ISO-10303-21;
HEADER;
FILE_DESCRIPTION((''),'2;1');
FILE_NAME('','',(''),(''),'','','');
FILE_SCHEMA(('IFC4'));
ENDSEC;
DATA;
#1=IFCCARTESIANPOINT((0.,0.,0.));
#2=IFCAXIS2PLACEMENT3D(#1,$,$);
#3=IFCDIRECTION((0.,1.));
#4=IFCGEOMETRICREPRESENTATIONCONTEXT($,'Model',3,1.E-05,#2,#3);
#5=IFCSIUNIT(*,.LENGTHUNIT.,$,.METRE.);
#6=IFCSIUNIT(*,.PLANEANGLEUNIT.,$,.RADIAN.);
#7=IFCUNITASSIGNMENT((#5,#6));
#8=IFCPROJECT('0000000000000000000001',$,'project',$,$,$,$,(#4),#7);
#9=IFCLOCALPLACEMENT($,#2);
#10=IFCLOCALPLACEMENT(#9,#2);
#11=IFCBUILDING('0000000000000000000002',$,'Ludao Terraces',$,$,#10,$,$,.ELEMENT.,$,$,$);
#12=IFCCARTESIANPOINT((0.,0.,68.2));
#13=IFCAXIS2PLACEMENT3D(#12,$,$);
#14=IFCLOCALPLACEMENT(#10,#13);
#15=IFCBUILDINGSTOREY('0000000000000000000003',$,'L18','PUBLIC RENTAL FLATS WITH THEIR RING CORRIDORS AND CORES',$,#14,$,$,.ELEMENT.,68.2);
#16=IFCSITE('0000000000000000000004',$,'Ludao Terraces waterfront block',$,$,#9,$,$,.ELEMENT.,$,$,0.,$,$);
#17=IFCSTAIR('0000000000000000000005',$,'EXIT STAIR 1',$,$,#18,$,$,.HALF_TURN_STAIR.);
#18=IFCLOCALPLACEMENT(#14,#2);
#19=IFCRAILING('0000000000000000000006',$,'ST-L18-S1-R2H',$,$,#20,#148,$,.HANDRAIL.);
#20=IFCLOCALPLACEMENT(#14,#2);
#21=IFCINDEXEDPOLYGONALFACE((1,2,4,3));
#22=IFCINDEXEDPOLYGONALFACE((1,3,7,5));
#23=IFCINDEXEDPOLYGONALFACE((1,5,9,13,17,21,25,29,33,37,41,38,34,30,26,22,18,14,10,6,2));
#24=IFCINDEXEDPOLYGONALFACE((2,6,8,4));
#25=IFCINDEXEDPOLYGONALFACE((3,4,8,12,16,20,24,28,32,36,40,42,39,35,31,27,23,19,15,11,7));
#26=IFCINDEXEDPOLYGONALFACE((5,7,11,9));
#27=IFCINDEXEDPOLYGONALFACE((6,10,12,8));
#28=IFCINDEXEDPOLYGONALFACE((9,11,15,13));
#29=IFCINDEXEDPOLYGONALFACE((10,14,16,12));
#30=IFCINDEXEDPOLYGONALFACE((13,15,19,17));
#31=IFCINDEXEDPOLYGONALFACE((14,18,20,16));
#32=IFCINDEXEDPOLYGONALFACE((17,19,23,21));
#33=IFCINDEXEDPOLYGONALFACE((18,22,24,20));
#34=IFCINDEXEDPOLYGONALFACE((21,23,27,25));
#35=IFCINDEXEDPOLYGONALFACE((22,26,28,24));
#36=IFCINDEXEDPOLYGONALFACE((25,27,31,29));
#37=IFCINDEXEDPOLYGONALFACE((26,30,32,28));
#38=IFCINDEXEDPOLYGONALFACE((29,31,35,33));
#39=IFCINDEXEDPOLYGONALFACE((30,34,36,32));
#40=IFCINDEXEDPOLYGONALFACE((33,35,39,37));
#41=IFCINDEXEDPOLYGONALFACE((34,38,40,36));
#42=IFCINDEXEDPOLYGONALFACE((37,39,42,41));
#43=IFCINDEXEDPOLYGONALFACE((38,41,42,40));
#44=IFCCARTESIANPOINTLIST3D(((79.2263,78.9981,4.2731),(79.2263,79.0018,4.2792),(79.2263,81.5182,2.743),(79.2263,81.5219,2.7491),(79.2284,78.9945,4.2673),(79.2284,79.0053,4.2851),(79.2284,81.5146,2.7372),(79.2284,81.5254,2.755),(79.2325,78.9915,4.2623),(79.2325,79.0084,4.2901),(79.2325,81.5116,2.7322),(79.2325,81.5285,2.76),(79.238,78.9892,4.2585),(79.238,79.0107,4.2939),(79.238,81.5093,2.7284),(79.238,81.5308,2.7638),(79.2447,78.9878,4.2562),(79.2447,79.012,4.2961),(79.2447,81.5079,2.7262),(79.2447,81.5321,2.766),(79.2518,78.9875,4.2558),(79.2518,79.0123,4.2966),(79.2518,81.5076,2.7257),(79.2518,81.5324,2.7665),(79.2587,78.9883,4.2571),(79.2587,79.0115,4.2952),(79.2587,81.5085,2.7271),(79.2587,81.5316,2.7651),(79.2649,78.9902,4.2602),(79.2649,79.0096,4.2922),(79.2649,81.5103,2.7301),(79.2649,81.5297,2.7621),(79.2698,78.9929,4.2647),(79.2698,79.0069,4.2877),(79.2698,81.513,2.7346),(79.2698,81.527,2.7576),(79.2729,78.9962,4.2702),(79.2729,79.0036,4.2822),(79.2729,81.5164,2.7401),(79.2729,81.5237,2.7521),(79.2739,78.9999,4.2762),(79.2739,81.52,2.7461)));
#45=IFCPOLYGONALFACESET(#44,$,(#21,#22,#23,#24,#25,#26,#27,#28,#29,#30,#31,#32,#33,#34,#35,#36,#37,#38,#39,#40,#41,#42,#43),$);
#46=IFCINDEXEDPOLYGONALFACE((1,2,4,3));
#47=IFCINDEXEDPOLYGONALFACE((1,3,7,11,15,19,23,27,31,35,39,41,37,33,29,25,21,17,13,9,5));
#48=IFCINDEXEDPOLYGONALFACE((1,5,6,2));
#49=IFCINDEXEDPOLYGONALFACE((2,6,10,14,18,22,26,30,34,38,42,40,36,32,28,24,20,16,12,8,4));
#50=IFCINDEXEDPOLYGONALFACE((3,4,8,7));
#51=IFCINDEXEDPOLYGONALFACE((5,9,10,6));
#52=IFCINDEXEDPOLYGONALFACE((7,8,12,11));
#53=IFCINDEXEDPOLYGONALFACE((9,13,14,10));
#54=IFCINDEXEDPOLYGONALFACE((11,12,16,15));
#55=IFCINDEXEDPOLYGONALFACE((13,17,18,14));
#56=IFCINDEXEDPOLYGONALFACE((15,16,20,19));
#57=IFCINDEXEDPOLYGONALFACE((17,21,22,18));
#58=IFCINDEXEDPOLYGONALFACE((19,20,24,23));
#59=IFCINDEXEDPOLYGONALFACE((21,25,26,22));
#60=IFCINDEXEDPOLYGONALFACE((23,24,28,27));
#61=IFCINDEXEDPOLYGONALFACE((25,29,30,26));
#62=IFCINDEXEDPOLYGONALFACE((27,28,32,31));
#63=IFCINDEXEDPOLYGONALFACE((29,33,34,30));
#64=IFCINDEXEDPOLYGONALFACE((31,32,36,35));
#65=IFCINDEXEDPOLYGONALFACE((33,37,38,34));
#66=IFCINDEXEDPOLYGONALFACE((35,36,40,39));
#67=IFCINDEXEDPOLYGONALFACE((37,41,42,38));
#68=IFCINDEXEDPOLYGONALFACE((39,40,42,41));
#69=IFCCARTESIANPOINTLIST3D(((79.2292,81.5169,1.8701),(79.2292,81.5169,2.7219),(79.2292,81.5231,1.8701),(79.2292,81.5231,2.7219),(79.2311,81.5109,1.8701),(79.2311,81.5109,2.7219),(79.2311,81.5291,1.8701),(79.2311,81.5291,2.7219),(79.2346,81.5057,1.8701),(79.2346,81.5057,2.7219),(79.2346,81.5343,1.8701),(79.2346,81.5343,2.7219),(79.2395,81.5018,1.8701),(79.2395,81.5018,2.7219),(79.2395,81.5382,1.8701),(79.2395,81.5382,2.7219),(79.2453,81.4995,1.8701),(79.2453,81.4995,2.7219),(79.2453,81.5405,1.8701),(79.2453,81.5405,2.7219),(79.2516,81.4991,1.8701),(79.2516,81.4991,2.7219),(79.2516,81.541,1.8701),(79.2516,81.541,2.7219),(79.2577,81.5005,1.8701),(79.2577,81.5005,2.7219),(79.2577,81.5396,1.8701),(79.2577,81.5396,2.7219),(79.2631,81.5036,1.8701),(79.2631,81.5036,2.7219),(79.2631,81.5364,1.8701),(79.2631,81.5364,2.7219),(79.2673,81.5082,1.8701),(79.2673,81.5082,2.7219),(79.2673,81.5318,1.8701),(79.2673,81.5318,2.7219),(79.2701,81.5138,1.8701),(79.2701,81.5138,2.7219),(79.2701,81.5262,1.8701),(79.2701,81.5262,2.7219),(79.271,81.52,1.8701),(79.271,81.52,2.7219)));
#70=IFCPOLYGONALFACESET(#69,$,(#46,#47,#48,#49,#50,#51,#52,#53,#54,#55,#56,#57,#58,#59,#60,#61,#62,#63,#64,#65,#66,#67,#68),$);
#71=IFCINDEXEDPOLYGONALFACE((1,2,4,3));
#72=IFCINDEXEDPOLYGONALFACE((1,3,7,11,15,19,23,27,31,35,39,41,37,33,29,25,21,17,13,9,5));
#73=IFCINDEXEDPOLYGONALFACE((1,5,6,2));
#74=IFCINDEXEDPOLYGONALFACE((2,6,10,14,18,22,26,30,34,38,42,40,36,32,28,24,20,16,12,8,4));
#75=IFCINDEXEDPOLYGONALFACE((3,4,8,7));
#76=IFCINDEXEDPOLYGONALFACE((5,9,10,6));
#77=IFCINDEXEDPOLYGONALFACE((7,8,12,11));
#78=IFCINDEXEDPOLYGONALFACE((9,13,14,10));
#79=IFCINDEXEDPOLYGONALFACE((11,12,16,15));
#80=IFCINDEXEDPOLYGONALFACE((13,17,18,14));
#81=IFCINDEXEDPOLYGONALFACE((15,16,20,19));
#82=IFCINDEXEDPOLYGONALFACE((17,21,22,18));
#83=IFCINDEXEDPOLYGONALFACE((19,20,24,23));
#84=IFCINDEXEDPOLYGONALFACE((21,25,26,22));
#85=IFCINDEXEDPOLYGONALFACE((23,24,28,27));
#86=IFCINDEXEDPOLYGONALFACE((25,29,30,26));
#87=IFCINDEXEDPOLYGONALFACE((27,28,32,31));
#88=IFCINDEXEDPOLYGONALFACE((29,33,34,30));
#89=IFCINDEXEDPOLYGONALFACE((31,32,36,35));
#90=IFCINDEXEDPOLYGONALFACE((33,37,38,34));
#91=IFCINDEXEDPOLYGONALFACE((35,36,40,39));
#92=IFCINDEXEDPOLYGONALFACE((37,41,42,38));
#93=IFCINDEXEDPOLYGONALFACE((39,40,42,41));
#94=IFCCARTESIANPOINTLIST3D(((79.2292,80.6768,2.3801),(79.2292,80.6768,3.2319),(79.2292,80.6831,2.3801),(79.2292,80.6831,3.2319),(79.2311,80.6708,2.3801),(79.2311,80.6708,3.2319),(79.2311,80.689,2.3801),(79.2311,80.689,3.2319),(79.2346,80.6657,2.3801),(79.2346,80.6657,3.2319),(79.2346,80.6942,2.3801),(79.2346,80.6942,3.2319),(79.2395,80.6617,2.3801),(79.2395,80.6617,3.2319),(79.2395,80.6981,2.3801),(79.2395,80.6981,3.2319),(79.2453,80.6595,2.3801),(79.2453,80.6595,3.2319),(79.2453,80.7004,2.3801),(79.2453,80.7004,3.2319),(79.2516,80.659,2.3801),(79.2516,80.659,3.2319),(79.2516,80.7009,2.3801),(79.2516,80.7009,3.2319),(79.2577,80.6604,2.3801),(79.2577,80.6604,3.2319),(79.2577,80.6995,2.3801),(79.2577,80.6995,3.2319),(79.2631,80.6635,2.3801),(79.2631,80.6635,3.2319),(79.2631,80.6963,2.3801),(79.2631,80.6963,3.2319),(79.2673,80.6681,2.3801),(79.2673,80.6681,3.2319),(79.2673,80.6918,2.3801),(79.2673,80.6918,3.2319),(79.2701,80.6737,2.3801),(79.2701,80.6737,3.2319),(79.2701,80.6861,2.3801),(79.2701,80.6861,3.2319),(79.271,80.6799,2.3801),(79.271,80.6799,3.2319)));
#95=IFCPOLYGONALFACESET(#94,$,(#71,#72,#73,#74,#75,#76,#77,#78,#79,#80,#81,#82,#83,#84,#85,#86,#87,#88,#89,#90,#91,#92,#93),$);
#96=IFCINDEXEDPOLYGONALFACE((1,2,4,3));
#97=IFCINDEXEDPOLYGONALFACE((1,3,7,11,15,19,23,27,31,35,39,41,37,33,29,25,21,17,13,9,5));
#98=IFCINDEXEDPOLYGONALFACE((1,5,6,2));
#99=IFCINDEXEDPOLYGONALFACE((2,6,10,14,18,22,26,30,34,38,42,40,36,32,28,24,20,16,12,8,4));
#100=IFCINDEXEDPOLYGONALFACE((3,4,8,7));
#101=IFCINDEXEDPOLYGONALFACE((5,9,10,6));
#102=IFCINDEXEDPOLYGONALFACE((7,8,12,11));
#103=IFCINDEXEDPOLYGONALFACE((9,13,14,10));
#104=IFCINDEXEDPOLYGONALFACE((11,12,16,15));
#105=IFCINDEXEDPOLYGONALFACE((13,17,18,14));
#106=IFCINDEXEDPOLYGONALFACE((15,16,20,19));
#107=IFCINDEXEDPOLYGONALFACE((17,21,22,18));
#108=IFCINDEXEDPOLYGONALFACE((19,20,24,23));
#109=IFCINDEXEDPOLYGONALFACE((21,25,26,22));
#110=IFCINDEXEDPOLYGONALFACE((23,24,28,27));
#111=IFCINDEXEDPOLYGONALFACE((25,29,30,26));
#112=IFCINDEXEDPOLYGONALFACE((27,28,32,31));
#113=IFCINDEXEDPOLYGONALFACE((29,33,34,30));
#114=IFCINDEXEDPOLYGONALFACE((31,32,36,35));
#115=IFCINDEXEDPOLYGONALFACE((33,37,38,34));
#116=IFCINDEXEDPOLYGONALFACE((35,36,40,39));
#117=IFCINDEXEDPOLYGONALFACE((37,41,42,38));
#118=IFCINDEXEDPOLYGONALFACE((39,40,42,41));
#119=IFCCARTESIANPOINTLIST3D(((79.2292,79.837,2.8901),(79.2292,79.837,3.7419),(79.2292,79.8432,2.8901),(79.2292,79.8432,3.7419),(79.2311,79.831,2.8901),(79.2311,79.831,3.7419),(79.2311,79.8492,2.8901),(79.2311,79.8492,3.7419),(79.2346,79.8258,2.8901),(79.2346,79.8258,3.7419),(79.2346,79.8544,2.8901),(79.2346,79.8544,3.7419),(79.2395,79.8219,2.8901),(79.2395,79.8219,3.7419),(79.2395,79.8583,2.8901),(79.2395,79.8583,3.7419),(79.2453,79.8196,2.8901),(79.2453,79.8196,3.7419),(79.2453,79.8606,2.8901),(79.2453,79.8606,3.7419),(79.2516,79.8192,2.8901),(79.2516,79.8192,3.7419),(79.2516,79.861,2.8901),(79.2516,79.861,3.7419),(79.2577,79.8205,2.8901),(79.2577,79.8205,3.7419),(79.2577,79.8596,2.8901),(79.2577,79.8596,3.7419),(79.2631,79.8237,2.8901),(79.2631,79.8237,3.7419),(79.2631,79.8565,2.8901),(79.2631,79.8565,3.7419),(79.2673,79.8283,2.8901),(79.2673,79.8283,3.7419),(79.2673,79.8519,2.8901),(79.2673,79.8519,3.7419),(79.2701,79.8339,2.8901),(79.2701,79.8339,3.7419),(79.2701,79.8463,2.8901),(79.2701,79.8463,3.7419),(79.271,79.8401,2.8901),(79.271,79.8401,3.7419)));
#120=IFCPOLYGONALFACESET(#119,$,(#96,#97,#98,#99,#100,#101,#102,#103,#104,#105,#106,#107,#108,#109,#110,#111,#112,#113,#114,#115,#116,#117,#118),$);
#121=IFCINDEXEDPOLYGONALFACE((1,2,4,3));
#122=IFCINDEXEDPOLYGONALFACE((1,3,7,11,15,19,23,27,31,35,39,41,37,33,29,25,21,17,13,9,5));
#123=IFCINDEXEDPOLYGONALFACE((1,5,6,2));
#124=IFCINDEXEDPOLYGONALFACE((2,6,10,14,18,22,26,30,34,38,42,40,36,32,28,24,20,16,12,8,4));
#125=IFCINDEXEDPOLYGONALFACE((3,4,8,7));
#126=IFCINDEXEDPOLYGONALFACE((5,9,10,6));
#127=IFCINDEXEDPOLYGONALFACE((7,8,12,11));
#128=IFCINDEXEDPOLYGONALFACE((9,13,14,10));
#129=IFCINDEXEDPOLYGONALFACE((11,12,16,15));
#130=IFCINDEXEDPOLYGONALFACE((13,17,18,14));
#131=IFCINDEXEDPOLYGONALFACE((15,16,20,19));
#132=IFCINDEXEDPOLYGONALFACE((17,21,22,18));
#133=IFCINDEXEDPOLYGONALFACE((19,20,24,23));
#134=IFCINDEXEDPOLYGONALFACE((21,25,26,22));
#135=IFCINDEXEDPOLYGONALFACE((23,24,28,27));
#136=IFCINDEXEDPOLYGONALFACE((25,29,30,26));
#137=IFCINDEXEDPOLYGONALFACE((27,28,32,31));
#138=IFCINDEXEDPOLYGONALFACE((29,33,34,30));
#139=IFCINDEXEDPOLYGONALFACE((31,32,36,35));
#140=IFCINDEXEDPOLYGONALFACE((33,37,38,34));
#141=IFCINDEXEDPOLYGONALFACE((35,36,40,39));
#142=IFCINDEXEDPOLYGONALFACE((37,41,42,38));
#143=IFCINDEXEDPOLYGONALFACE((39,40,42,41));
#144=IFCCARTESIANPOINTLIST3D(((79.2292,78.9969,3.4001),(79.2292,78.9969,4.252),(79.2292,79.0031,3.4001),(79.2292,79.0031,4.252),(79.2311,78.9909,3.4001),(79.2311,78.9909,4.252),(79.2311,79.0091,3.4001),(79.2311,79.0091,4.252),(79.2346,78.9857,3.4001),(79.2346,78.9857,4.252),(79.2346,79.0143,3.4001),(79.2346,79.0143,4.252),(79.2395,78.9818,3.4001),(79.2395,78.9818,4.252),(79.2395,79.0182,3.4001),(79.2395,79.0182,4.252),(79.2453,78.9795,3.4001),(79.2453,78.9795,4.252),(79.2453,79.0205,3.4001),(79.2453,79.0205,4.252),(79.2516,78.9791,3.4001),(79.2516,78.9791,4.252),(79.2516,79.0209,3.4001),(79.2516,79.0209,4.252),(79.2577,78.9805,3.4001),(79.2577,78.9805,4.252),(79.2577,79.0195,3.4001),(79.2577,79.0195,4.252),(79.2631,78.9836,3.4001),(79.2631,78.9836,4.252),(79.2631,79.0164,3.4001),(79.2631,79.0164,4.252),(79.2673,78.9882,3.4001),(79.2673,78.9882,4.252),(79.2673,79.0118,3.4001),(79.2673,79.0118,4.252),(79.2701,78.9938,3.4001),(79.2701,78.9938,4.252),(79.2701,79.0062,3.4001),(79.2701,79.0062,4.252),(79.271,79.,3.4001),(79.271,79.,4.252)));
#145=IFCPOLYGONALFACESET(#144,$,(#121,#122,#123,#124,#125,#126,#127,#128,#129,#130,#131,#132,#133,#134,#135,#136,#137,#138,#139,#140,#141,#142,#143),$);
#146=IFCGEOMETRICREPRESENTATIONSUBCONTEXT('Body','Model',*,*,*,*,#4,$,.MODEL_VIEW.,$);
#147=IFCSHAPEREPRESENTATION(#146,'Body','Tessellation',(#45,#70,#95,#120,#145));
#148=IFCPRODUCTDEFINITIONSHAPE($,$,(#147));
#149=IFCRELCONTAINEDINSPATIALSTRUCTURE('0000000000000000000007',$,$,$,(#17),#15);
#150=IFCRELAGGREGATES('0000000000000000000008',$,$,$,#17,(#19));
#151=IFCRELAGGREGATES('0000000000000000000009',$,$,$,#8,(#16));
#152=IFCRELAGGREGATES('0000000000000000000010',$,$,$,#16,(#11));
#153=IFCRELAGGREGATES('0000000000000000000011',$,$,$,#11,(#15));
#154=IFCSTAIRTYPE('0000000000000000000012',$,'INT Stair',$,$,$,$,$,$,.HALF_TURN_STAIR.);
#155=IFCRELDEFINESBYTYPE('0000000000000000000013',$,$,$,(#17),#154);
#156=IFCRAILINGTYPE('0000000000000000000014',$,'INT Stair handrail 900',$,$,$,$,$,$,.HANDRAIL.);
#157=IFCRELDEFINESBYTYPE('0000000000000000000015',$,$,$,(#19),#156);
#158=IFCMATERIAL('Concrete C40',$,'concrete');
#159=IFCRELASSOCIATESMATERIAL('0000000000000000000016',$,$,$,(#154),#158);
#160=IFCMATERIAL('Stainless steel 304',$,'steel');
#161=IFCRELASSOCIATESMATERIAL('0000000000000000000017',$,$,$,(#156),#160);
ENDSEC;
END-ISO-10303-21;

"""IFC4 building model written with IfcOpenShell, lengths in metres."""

from ifc_helpers import new_model, si_unit, direction, frame, origin, origin_2d, place, context, subcontext, project, spatial, circle, extrude, material, type_object, element, aggregate, save


model = new_model("IFC4")

# Units and contexts
model_context = context("Model", 3, precision=1e-05, world=origin(), true_north=direction((0.0, 1.0)))
body_context = subcontext(model_context, "Body", "Model", "MODEL_VIEW")
ifc_project = project(units=[si_unit("LENGTHUNIT", "METRE"), si_unit("PLANEANGLEUNIT", "RADIAN")], contexts=[model_context])

# Site, building, storey
site_placement = place(None, origin())
site = spatial("IfcSite", under=ifc_project, at=site_placement, Name="Ludao Terraces waterfront block", CompositionType="ELEMENT", RefElevation=0.0)
building_placement = place(site_placement, origin())
building = spatial("IfcBuilding", under=site, at=building_placement, Name="Ludao Terraces", CompositionType="ELEMENT")
storey_placement = place(building_placement, frame((0.0, 0.0, 68.2)))
storey = spatial("IfcBuildingStorey", under=building, at=storey_placement, Name="L18", Description="PUBLIC RENTAL FLATS WITH THEIR RING CORRIDORS AND CORES", CompositionType="ELEMENT", Elevation=68.2)

# Stair, railing
ifc_material_1 = material(Name="Concrete C40", Category="concrete")
stair_type = type_object("IfcStairType", Name="INT Stair", PredefinedType="HALF_TURN_STAIR", material=ifc_material_1)
stair_placement = place(storey_placement, origin())
stair = element("IfcStair", 1, at=stair_placement, inside=storey, type_object=stair_type, Name="EXIT STAIR 1", PredefinedType="HALF_TURN_STAIR")
ifc_material_2 = material(Name="Stainless steel 304", Category="steel")
railing_type_1 = type_object("IfcRailingType", Name="INT Stair handrail 900", PredefinedType="HANDRAIL", material=ifc_material_2)
railing_1_placement = place(storey_placement, frame((79.25, 81.52, 1.8701)))
railing_1 = element("IfcRailing", 2, at=railing_1_placement, type_object=railing_type_1, Name="ST-L18-S1-R2H", PredefinedType="HANDRAIL", context=body_context, shape_type="SweptSolid", body=[
    extrude(circle(Radius=0.0239, at=origin_2d()), frame((0.0, 0.0, 0.876), z_axis=(0.0, -0.854785, 0.518982), x_axis=(1.0, 0.0, 0.0)), (0.0, 0.0, 1.0), 2.9482),
    extrude(circle(Radius=0.021, at=origin_2d()), origin(), (0.0, 0.0, 1.0), 0.8518),
    extrude(circle(Radius=0.021, at=origin_2d()), frame((0.0, -0.8401, 0.51)), (0.0, 0.0, 1.0), 0.8518),
    extrude(circle(Radius=0.021, at=origin_2d()), frame((0.0, -1.6799, 1.02)), (0.0, 0.0, 1.0), 0.8518),
    extrude(circle(Radius=0.021, at=origin_2d()), frame((0.0, -2.52, 1.53)), (0.0, 0.0, 1.0), 0.8518),
])
aggregate(stair, [railing_1])

save(model, "model.ifc")
